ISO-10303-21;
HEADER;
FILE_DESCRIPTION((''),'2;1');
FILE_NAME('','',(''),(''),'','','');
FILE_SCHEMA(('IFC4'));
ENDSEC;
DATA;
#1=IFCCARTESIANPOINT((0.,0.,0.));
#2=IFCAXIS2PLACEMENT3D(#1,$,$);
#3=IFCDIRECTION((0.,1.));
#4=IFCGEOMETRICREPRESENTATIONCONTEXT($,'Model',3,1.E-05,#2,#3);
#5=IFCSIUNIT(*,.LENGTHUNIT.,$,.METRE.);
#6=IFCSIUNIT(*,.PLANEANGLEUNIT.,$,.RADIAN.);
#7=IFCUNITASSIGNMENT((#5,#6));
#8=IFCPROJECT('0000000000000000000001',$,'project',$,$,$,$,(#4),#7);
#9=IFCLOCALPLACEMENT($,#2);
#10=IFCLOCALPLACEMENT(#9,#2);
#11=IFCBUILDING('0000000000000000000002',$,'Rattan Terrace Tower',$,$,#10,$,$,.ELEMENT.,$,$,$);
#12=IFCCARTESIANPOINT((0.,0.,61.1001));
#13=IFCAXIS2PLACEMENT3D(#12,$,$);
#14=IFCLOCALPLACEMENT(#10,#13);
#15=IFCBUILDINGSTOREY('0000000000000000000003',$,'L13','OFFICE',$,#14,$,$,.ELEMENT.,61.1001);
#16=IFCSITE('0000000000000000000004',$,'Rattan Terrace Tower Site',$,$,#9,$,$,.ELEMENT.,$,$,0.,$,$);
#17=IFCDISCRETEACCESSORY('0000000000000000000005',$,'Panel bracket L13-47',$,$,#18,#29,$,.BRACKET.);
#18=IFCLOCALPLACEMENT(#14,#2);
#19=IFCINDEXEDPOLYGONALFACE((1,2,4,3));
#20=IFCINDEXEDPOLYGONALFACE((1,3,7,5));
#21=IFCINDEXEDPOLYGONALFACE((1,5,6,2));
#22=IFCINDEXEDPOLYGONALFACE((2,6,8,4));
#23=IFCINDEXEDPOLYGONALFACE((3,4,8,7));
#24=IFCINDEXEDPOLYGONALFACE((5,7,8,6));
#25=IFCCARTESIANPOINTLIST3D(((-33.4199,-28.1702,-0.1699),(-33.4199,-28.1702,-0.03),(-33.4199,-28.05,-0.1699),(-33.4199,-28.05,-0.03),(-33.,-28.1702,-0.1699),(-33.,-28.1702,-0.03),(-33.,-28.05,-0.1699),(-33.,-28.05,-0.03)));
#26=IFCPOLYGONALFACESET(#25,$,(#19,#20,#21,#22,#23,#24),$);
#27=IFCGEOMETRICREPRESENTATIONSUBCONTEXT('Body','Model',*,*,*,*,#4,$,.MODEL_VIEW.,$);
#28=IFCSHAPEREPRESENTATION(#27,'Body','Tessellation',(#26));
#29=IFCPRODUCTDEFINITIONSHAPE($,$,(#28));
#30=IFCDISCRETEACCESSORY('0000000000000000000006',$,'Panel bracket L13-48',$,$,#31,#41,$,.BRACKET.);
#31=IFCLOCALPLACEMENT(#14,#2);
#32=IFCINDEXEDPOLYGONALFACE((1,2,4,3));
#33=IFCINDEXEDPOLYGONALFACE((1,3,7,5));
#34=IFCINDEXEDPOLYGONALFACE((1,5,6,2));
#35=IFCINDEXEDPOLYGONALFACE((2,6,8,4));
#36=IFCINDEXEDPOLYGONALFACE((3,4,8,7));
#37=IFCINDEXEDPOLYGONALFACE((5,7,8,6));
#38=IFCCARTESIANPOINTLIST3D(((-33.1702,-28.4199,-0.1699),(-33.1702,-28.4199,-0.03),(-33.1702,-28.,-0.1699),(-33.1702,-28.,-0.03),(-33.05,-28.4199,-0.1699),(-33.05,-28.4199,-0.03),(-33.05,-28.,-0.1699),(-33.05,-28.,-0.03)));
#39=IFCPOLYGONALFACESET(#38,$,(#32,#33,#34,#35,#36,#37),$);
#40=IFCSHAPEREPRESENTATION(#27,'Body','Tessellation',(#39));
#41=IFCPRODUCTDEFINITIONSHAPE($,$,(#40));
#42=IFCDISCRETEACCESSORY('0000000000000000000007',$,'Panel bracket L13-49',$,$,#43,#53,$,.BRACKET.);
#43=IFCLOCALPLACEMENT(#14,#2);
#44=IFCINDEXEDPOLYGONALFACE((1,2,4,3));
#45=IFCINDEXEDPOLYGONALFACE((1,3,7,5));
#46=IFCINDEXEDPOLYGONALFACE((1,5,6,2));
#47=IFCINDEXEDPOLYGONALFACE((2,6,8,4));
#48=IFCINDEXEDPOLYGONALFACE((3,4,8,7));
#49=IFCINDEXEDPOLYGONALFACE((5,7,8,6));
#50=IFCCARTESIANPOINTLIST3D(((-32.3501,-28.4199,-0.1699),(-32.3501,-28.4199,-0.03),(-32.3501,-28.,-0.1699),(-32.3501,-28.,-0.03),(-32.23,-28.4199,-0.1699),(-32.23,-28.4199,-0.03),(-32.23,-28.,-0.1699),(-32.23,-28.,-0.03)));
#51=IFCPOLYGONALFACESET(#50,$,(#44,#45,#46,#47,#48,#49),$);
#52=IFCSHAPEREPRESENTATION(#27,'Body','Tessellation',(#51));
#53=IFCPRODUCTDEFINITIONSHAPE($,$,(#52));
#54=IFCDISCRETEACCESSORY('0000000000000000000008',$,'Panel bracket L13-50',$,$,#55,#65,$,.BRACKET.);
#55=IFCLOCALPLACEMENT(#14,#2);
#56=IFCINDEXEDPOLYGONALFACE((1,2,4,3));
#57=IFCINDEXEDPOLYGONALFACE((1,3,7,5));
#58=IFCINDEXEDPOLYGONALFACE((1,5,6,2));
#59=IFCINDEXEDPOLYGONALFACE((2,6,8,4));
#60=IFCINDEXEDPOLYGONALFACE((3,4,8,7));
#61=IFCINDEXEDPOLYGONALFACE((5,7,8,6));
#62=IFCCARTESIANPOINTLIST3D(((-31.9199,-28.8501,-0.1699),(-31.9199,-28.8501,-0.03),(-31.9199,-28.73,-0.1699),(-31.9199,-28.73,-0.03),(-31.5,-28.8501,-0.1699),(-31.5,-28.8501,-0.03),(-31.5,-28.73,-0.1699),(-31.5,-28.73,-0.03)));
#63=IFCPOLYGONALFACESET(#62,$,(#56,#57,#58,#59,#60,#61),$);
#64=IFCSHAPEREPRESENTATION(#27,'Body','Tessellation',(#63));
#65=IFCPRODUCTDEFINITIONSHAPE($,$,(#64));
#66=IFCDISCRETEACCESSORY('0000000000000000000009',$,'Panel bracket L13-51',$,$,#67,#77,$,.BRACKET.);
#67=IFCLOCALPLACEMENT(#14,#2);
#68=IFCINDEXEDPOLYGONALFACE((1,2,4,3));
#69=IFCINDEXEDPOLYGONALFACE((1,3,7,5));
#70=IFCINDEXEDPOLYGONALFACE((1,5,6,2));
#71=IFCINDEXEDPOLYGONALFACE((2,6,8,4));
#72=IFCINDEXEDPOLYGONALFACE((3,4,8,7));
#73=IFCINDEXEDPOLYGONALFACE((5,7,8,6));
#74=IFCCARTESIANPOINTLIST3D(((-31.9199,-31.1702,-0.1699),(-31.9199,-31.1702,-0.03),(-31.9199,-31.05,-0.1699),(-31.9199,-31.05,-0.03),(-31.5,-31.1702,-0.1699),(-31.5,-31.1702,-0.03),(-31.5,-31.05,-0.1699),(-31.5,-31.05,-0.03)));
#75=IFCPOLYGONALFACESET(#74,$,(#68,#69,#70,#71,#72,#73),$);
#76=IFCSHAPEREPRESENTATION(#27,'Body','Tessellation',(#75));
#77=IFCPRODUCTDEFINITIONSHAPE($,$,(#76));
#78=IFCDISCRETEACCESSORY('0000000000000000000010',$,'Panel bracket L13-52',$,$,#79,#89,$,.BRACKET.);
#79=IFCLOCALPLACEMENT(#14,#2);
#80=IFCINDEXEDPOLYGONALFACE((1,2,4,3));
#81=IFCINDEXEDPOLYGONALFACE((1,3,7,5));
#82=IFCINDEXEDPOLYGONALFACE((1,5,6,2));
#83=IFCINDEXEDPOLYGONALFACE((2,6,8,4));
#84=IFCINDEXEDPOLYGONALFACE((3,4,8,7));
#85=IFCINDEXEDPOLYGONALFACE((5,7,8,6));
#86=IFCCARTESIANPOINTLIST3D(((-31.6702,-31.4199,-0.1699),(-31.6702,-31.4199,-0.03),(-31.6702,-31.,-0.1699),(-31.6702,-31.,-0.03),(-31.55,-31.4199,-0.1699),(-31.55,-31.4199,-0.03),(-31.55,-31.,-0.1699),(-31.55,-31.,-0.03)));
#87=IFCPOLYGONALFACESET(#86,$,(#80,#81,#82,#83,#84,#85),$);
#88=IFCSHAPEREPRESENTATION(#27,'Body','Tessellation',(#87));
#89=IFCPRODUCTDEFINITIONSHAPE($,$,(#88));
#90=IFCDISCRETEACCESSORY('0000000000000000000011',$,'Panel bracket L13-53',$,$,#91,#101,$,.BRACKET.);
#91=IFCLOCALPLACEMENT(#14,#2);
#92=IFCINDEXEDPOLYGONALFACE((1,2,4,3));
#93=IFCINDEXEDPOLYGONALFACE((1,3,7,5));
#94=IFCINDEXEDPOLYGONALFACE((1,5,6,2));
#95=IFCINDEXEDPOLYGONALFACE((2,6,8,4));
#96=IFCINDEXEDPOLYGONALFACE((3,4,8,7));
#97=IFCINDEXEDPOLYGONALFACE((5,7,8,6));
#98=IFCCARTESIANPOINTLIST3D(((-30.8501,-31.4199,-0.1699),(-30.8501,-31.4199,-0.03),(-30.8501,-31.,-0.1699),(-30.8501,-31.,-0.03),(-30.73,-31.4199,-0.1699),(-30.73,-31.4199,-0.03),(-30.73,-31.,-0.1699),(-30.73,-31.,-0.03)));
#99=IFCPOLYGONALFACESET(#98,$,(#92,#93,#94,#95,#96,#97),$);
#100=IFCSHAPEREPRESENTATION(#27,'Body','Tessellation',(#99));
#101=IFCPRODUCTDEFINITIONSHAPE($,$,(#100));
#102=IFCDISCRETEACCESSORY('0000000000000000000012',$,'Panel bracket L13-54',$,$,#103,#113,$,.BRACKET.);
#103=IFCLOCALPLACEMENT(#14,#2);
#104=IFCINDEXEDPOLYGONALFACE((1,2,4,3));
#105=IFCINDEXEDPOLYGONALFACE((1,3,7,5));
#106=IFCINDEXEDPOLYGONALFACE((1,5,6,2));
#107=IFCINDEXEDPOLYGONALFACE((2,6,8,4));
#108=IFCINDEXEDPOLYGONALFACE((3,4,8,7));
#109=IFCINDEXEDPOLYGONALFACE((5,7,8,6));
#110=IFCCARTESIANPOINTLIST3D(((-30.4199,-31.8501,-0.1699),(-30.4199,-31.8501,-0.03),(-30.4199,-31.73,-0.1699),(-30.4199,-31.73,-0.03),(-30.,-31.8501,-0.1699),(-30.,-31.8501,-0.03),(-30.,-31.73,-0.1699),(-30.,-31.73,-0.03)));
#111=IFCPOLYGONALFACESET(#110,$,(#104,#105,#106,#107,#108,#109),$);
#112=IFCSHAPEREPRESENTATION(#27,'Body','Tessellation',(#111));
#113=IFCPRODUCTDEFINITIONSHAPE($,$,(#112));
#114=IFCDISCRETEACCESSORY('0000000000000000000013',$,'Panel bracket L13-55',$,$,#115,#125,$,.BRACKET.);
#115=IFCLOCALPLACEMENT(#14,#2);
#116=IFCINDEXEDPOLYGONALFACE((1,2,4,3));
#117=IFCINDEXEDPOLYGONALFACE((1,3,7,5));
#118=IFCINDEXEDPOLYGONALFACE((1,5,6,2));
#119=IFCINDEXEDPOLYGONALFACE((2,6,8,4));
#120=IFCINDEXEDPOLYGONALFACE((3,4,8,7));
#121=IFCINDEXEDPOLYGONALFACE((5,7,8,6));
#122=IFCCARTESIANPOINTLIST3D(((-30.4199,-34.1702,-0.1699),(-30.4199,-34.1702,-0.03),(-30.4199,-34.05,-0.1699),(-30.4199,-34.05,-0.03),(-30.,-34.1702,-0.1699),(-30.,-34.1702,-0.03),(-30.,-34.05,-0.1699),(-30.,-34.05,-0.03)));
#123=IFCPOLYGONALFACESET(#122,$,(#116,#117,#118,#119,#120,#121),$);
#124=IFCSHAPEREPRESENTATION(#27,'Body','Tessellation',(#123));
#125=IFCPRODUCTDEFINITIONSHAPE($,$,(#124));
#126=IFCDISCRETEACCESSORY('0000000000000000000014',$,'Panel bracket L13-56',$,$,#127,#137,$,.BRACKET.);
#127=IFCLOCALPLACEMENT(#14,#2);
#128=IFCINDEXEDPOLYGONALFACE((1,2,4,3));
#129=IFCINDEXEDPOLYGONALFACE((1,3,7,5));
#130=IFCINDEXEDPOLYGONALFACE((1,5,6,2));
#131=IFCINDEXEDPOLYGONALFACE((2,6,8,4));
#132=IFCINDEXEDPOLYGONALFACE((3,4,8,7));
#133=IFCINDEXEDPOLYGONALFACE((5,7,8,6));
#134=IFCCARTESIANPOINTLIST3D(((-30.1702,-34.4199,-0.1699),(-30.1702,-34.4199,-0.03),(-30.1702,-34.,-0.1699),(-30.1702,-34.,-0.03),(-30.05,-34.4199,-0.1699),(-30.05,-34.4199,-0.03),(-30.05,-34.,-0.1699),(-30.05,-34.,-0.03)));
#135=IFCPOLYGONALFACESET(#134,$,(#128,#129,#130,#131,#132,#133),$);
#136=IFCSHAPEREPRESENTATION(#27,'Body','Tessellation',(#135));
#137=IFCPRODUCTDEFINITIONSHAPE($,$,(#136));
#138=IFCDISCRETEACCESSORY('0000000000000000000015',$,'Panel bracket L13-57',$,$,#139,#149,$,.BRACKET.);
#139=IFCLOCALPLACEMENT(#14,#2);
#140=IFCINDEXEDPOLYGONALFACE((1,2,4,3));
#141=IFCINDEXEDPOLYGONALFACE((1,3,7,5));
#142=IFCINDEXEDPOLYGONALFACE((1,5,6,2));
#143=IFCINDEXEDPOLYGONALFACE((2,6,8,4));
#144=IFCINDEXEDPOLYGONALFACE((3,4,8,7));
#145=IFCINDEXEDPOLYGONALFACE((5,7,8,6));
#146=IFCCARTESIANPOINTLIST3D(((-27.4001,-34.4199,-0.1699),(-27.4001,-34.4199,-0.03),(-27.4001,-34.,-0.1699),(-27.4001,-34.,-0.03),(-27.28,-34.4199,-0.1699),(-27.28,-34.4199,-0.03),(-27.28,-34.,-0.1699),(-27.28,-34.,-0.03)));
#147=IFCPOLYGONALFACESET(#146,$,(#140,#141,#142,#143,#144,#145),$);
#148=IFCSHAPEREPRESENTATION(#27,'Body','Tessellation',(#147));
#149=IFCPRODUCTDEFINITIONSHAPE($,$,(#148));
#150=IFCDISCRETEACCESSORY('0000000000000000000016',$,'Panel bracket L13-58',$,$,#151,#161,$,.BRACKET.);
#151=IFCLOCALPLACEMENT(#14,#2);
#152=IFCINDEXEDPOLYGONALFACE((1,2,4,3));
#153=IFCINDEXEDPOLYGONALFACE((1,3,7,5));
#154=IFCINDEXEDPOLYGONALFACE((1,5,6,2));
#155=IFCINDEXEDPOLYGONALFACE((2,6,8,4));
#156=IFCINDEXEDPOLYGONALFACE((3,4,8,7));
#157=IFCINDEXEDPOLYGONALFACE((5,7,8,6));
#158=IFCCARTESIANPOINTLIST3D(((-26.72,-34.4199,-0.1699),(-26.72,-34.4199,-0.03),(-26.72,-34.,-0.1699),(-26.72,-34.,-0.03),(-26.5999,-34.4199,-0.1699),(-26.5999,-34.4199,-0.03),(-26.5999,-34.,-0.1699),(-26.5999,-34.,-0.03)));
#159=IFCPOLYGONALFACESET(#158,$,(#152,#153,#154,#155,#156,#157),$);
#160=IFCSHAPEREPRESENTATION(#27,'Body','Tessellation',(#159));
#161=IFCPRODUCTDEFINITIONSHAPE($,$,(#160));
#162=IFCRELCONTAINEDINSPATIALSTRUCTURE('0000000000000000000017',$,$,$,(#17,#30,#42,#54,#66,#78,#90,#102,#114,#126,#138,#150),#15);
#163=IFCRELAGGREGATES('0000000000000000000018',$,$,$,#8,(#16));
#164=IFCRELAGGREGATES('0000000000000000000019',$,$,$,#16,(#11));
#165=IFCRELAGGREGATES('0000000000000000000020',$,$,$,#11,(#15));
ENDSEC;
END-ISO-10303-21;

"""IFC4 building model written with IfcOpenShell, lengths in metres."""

from ifc_helpers import new_model, si_unit, direction, frame, origin, origin_2d, place, context, subcontext, project, spatial, rectangle, extrude, element, save


model = new_model("IFC4")

# Units and contexts
model_context = context("Model", 3, precision=1e-05, world=origin(), true_north=direction((0.0, 1.0)))
body_context = subcontext(model_context, "Body", "Model", "MODEL_VIEW")
ifc_project = project(units=[si_unit("LENGTHUNIT", "METRE"), si_unit("PLANEANGLEUNIT", "RADIAN")], contexts=[model_context])

# Site, building, storey
site_placement = place(None, origin())
site = spatial("IfcSite", under=ifc_project, at=site_placement, Name="Rattan Terrace Tower Site", CompositionType="ELEMENT", RefElevation=0.0)
building_placement = place(site_placement, origin())
building = spatial("IfcBuilding", under=site, at=building_placement, Name="Rattan Terrace Tower", CompositionType="ELEMENT")
storey_placement = place(building_placement, frame((0.0, 0.0, 61.1001)))
storey = spatial("IfcBuildingStorey", under=building, at=storey_placement, Name="L13", Description="OFFICE", CompositionType="ELEMENT", Elevation=61.1001)

# Discrete accessories
for number, where, z_axis, x_axis, name in (
    (1, (-33.21, -28.1101, -0.1699), (0.0, 0.0, 1.0), (0.0, -1.0, 0.0), "Panel bracket L13-47"),
    (2, (-33.1101, -28.21, -0.1699), (0.0, 0.0, 1.0), (1.0, 0.0, 0.0), "Panel bracket L13-48"),
    (3, (-32.29, -28.21, -0.1699), (0.0, 0.0, 1.0), (1.0, 0.0, 0.0), "Panel bracket L13-49"),
    (4, (-31.71, -28.79, -0.1699), (0.0, 0.0, 1.0), (0.0, -1.0, 0.0), "Panel bracket L13-50"),
    (5, (-31.71, -31.1101, -0.1699), (0.0, 0.0, 1.0), (0.0, -1.0, 0.0), "Panel bracket L13-51"),
    (6, (-31.6101, -31.21, -0.1699), (0.0, 0.0, 1.0), (1.0, 0.0, 0.0), "Panel bracket L13-52"),
    (7, (-30.79, -31.21, -0.1699), (0.0, 0.0, 1.0), (1.0, 0.0, 0.0), "Panel bracket L13-53"),
    (8, (-30.21, -31.79, -0.1699), (0.0, 0.0, 1.0), (0.0, -1.0, 0.0), "Panel bracket L13-54"),
    (9, (-30.21, -34.1101, -0.1699), (0.0, 0.0, 1.0), (0.0, -1.0, 0.0), "Panel bracket L13-55"),
    (10, (-30.1101, -34.21, -0.1699), (0.0, 0.0, 1.0), (1.0, 0.0, 0.0), "Panel bracket L13-56"),
    (11, (-27.3401, -34.21, -0.1699), (0.0, 0.0, 1.0), (1.0, 0.0, 0.0), "Panel bracket L13-57"),
    (12, (-26.6599, -34.21, -0.1699), (0.0, 0.0, 1.0), (1.0, 0.0, 0.0), "Panel bracket L13-58"),
):
    element("IfcDiscreteAccessory", number, at=place(storey_placement, frame(where, z_axis=z_axis, x_axis=x_axis)), inside=storey, Name=name, PredefinedType="BRACKET", context=body_context, shape_type="SweptSolid", body=[
        extrude(rectangle(XDim=0.1201, YDim=0.4199, at=origin_2d()), origin(), (0.0, 0.0, 1.0), 0.1399),
    ])

save(model, "model.ifc")
